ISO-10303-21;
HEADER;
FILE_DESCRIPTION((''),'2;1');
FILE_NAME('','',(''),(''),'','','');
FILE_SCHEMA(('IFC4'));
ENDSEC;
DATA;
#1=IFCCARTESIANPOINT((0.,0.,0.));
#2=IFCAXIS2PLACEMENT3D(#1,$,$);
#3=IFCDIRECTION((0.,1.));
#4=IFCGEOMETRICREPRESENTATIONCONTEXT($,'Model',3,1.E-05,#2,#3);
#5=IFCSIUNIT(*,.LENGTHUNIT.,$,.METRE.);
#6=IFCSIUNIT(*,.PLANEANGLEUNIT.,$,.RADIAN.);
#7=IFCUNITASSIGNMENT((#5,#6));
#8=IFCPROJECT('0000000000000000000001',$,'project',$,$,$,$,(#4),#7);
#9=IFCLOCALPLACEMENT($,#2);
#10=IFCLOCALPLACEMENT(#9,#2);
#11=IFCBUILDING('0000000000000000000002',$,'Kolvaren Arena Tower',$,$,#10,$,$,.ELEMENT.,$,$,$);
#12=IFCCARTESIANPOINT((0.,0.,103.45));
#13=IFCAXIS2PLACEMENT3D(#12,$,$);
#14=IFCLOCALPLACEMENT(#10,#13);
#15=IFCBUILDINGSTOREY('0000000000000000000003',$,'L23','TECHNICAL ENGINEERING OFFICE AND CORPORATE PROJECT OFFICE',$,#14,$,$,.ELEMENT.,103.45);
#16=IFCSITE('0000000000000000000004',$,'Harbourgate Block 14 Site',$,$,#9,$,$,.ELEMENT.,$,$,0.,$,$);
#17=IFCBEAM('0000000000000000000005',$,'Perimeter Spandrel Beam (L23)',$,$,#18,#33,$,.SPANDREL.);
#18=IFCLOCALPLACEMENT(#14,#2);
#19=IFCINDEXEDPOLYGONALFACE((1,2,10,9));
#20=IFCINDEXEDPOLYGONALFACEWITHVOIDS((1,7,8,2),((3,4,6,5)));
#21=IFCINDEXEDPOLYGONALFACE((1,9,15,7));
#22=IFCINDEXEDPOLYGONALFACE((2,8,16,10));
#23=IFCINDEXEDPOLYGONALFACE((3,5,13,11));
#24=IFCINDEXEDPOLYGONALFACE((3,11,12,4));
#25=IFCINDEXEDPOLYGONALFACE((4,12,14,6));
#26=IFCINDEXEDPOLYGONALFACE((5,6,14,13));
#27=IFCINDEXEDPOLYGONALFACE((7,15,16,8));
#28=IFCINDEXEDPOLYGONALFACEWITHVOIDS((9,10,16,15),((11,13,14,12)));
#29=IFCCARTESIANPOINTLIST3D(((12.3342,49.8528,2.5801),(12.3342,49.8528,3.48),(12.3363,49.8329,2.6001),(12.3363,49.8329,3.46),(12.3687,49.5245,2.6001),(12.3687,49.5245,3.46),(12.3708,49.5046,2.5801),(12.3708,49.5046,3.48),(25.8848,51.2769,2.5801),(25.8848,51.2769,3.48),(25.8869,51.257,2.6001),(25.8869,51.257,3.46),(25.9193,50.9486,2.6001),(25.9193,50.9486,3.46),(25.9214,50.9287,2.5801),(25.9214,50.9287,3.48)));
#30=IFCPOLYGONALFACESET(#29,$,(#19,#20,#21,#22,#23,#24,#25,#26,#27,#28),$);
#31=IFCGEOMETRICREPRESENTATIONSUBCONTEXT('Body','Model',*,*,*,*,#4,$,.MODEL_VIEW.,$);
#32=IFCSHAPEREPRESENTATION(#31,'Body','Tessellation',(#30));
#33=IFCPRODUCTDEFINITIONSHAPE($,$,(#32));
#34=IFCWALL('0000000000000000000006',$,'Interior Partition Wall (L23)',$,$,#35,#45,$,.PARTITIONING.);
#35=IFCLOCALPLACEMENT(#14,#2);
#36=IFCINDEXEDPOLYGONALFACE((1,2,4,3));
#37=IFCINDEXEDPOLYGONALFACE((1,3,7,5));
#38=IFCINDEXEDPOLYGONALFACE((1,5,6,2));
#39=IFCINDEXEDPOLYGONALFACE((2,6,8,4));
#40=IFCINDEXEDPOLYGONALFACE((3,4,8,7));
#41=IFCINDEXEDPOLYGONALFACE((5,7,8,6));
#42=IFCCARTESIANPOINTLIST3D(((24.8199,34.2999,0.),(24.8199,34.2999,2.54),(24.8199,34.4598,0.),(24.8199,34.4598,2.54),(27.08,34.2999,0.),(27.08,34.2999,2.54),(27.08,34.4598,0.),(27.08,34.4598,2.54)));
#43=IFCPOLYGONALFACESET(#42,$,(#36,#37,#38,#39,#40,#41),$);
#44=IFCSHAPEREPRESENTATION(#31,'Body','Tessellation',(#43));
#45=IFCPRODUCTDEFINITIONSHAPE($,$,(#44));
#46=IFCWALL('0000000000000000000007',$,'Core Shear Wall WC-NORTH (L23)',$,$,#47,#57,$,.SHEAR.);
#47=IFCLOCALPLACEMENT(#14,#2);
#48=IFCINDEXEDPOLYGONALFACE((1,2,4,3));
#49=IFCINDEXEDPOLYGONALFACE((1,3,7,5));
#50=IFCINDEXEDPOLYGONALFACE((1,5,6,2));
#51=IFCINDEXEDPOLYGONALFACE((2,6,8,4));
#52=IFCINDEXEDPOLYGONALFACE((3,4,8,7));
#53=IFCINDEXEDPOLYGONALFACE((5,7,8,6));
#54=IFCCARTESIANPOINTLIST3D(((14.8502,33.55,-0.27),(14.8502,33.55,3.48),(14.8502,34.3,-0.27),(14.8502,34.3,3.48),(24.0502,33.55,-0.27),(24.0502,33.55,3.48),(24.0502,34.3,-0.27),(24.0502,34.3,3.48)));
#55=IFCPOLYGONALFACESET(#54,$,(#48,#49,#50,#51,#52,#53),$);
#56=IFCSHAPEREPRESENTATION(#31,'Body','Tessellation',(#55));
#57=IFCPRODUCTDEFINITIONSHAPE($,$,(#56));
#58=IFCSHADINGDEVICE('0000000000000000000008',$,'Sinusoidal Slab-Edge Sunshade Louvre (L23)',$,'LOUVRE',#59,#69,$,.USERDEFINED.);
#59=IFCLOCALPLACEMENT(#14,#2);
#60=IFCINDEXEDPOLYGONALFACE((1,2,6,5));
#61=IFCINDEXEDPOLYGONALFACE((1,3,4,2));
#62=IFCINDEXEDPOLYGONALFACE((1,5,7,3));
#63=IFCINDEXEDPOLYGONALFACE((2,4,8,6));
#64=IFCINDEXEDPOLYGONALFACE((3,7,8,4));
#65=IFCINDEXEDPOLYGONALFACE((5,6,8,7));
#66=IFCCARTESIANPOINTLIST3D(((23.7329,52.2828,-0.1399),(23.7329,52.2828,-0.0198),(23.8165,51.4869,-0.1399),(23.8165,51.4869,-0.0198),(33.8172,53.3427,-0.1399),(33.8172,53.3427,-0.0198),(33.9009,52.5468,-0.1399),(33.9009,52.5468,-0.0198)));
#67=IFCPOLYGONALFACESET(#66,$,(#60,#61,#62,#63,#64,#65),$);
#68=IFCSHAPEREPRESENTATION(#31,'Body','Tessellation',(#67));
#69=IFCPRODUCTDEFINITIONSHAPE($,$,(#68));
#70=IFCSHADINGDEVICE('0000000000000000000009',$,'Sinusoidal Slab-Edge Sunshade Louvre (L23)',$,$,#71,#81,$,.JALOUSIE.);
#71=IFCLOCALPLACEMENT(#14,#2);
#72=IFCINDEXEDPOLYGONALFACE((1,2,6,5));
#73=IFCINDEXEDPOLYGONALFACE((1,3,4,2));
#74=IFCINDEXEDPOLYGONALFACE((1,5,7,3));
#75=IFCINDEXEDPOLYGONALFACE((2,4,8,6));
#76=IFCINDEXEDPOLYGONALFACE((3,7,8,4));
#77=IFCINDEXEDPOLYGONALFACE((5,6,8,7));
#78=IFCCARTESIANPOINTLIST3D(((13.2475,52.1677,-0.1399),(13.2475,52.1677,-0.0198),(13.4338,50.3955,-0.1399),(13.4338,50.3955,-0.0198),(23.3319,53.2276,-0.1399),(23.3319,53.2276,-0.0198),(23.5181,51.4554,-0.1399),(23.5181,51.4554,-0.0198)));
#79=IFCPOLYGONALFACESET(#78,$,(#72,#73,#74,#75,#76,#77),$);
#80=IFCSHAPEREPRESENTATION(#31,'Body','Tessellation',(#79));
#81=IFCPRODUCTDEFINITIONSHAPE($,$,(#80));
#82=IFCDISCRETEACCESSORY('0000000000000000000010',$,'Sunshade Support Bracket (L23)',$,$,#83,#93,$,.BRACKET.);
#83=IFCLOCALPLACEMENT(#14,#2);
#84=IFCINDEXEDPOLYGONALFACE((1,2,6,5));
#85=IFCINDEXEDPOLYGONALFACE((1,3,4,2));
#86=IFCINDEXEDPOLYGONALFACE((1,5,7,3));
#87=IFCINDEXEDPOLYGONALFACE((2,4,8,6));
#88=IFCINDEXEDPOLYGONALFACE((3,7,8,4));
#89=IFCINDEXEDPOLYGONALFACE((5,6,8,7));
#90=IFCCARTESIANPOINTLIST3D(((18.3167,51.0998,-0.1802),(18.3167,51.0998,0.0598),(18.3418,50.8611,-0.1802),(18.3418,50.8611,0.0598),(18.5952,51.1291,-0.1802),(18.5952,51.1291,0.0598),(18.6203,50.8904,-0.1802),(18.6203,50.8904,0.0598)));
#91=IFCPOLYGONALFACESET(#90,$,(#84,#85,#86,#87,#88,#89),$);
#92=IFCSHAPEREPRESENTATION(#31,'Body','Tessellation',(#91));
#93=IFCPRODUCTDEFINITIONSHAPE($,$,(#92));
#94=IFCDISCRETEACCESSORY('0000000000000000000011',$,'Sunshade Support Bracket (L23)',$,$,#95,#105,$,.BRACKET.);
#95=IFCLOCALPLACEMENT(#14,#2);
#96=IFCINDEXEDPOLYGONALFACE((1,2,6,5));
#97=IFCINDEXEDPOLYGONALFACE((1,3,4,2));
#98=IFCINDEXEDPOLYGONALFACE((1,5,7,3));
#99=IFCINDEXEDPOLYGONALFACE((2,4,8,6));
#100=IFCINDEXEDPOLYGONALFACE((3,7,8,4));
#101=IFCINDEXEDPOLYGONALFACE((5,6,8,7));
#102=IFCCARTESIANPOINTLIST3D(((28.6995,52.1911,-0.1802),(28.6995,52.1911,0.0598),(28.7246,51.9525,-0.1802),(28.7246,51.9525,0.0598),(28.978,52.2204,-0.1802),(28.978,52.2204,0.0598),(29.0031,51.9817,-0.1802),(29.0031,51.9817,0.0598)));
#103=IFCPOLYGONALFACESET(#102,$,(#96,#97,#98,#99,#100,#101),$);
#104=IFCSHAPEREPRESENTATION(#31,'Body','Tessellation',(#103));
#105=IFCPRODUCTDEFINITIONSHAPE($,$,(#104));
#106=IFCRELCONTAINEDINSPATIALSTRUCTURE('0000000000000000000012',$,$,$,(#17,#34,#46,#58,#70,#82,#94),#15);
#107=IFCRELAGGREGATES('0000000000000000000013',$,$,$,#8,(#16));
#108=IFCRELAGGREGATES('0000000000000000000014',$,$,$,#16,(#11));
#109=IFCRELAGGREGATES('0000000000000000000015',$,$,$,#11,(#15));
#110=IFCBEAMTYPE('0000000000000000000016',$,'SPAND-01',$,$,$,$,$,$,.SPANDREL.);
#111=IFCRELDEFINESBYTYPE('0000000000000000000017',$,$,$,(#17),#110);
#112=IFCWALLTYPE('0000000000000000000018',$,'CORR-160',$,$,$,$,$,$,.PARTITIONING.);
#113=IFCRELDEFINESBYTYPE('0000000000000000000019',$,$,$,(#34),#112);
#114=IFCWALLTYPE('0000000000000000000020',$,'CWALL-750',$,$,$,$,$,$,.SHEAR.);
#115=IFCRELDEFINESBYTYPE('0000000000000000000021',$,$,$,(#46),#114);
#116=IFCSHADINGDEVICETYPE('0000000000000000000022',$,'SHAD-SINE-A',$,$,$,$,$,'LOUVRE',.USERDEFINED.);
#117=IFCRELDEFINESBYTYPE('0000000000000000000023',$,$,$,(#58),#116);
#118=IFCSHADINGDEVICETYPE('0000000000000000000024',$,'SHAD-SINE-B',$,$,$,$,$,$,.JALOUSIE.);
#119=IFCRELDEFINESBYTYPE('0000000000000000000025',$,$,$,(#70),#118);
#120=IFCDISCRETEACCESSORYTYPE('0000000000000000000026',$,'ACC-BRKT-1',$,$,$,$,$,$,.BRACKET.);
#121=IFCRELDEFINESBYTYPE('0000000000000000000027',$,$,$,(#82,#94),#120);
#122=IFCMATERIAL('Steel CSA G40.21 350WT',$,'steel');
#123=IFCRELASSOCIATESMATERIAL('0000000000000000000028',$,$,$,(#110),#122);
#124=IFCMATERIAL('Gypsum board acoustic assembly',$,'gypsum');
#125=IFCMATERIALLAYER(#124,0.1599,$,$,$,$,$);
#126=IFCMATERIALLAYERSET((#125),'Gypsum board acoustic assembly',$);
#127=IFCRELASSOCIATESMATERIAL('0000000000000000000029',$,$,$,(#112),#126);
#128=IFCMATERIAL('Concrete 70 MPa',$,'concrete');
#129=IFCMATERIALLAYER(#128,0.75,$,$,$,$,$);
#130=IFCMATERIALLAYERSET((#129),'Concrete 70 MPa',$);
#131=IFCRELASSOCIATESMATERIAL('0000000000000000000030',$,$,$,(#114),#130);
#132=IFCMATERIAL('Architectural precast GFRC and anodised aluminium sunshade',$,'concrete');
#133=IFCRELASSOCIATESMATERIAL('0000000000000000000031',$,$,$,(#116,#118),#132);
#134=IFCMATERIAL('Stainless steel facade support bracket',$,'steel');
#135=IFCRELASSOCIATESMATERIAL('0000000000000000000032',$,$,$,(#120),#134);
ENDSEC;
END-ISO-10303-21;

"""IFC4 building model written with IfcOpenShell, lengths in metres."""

from ifc_helpers import new_model, si_unit, direction, frame, frame_2d, origin, origin_2d, place, context, subcontext, project, spatial, rectangle, hollow_rectangle, extrude, material, layer, layer_set, material_profile, profile_set, type_object, element, save


model = new_model("IFC4")

# Units and contexts
model_context = context("Model", 3, precision=1e-05, world=origin(), true_north=direction((0.0, 1.0)))
body_context = subcontext(model_context, "Body", "Model", "MODEL_VIEW")
ifc_project = project(units=[si_unit("LENGTHUNIT", "METRE"), si_unit("PLANEANGLEUNIT", "RADIAN")], contexts=[model_context])

# Site, building, storey
site_placement = place(None, origin())
site = spatial("IfcSite", under=ifc_project, at=site_placement, Name="Harbourgate Block 14 Site", CompositionType="ELEMENT", RefElevation=0.0)
building_placement = place(site_placement, origin())
building = spatial("IfcBuilding", under=site, at=building_placement, Name="Kolvaren Arena Tower", CompositionType="ELEMENT")
storey_placement = place(building_placement, frame((0.0, 0.0, 103.45)))
storey = spatial("IfcBuildingStorey", under=building, at=storey_placement, Name="L23", Description="TECHNICAL ENGINEERING OFFICE AND CORPORATE PROJECT OFFICE", CompositionType="ELEMENT", Elevation=103.45)

# Beam
ifc_material_1 = material(Name="Steel CSA G40.21 350WT", Category="steel")
ifc_material_profile_1 = material_profile(ifc_material_1, hollow_rectangle(XDim=0.3501, YDim=0.8999, WallThickness=0.02, at=origin_2d()), Name="HSS 900x350x20")
ifc_profile_set_1 = profile_set([ifc_material_profile_1], Name="Steel CSA G40.21 350WT")
beam_type_1 = type_object("IfcBeamType", Name="SPAND-01", PredefinedType="SPANDREL", material=ifc_profile_set_1)
beam_1_placement = place(storey_placement, frame((25.9031, 51.1028, 3.03), z_axis=(-0.994523, -0.104518, 0.0), x_axis=(0.104518, -0.994523, 0.0)))
element("IfcBeam", 1, at=beam_1_placement, inside=storey, type_object=beam_type_1, Name="Perimeter Spandrel Beam (L23)", PredefinedType="SPANDREL", context=body_context, shape_type="SweptSolid", body=[
    extrude(hollow_rectangle(XDim=0.3501, YDim=0.8999, WallThickness=0.02, at=origin_2d()), origin(), (0.0, 0.0, 1.0), 13.6252),
])

# Walls
ifc_material_2 = material(Name="Gypsum board acoustic assembly", Category="gypsum")
ifc_layer_1 = layer(ifc_material_2, 0.1599)
ifc_layer_set_1 = layer_set([ifc_layer_1], Name="Gypsum board acoustic assembly")
wall_type_1 = type_object("IfcWallType", Name="CORR-160", PredefinedType="PARTITIONING", material=ifc_layer_set_1)
wall_1_placement = place(storey_placement, frame((24.8201, 34.3799, 0.0), z_axis=(0.0, 0.0, 1.0), x_axis=(1.0, 0.0, 0.0)))
element("IfcWall", 2, at=wall_1_placement, inside=storey, type_object=wall_type_1, Name="Interior Partition Wall (L23)", PredefinedType="PARTITIONING", context=body_context, shape_type="SweptSolid", body=[
    extrude(rectangle(XDim=2.26, YDim=0.1599, at=frame_2d((1.1299, 0.0))), origin(), (0.0, 0.0, 1.0), 2.54),
])
ifc_material_3 = material(Name="Concrete 70 MPa", Category="concrete")
ifc_layer_2 = layer(ifc_material_3, 0.75)
ifc_layer_set_2 = layer_set([ifc_layer_2], Name="Concrete 70 MPa")
wall_type_2 = type_object("IfcWallType", Name="CWALL-750", PredefinedType="SHEAR", material=ifc_layer_set_2)
wall_2_placement = place(storey_placement, frame((14.8501, 33.925, -0.27), z_axis=(0.0, 0.0, 1.0), x_axis=(1.0, 0.0, 0.0)))
element("IfcWall", 3, at=wall_2_placement, inside=storey, type_object=wall_type_2, Name="Core Shear Wall WC-NORTH (L23)", PredefinedType="SHEAR", context=body_context, shape_type="SweptSolid", body=[
    extrude(rectangle(XDim=9.2, YDim=0.75, at=frame_2d((4.6001, 0.0))), origin(), (0.0, 0.0, 1.0), 3.75),
])

# Shading devices
ifc_material_4 = material(Name="Architectural precast GFRC and anodised aluminium sunshade", Category="concrete")
shading_device_type_1 = type_object("IfcShadingDeviceType", Name="SHAD-SINE-A", ElementType="LOUVRE", PredefinedType="USERDEFINED", material=ifc_material_4)
shading_device_1_placement = place(storey_placement, frame((28.8169, 52.4148, -0.1399), z_axis=(0.0, 0.0, 1.0), x_axis=(0.994522, 0.104527, 0.0)))
element("IfcShadingDevice", 4, at=shading_device_1_placement, inside=storey, type_object=shading_device_type_1, Name="Sinusoidal Slab-Edge Sunshade Louvre (L23)", ObjectType="LOUVRE", PredefinedType="USERDEFINED", context=body_context, shape_type="SweptSolid", body=[
    extrude(rectangle(XDim=10.1399, YDim=0.8003, at=origin_2d()), origin(), (0.0, 0.0, 1.0), 0.1201),
])
shading_device_type_2 = type_object("IfcShadingDeviceType", Name="SHAD-SINE-B", PredefinedType="JALOUSIE", material=ifc_material_4)
shading_device_2_placement = place(storey_placement, frame((18.3828, 51.8115, -0.1399), z_axis=(0.0, 0.0, 1.0), x_axis=(0.994522, 0.104527, 0.0)))
element("IfcShadingDevice", 5, at=shading_device_2_placement, inside=storey, type_object=shading_device_type_2, Name="Sinusoidal Slab-Edge Sunshade Louvre (L23)", PredefinedType="JALOUSIE", context=body_context, shape_type="SweptSolid", body=[
    extrude(rectangle(XDim=10.1399, YDim=1.782, at=origin_2d()), origin(), (0.0, 0.0, 1.0), 0.1201),
])

# Discrete accessories
ifc_material_5 = material(Name="Stainless steel facade support bracket", Category="steel")
discrete_accessory_type = type_object("IfcDiscreteAccessoryType", Name="ACC-BRKT-1", PredefinedType="BRACKET", material=ifc_material_5)
for number, where, z_axis, x_axis, name in (
    (6, (18.4685, 50.9951, -0.1802), (0.0, 0.0, 1.0), (0.994522, 0.104527, 0.0), "Sunshade Support Bracket (L23)"),
    (7, (28.8513, 52.0864, -0.1802), (0.0, 0.0, 1.0), (0.994522, 0.104527, 0.0), "Sunshade Support Bracket (L23)"),
):
    element("IfcDiscreteAccessory", number, at=place(storey_placement, frame(where, z_axis=z_axis, x_axis=x_axis)), inside=storey, type_object=discrete_accessory_type, Name=name, PredefinedType="BRACKET", context=body_context, shape_type="SweptSolid", body=[
        extrude(rectangle(XDim=0.28, YDim=0.24, at=origin_2d()), origin(), (0.0, 0.0, 1.0), 0.24),
    ])

save(model, "model.ifc")
